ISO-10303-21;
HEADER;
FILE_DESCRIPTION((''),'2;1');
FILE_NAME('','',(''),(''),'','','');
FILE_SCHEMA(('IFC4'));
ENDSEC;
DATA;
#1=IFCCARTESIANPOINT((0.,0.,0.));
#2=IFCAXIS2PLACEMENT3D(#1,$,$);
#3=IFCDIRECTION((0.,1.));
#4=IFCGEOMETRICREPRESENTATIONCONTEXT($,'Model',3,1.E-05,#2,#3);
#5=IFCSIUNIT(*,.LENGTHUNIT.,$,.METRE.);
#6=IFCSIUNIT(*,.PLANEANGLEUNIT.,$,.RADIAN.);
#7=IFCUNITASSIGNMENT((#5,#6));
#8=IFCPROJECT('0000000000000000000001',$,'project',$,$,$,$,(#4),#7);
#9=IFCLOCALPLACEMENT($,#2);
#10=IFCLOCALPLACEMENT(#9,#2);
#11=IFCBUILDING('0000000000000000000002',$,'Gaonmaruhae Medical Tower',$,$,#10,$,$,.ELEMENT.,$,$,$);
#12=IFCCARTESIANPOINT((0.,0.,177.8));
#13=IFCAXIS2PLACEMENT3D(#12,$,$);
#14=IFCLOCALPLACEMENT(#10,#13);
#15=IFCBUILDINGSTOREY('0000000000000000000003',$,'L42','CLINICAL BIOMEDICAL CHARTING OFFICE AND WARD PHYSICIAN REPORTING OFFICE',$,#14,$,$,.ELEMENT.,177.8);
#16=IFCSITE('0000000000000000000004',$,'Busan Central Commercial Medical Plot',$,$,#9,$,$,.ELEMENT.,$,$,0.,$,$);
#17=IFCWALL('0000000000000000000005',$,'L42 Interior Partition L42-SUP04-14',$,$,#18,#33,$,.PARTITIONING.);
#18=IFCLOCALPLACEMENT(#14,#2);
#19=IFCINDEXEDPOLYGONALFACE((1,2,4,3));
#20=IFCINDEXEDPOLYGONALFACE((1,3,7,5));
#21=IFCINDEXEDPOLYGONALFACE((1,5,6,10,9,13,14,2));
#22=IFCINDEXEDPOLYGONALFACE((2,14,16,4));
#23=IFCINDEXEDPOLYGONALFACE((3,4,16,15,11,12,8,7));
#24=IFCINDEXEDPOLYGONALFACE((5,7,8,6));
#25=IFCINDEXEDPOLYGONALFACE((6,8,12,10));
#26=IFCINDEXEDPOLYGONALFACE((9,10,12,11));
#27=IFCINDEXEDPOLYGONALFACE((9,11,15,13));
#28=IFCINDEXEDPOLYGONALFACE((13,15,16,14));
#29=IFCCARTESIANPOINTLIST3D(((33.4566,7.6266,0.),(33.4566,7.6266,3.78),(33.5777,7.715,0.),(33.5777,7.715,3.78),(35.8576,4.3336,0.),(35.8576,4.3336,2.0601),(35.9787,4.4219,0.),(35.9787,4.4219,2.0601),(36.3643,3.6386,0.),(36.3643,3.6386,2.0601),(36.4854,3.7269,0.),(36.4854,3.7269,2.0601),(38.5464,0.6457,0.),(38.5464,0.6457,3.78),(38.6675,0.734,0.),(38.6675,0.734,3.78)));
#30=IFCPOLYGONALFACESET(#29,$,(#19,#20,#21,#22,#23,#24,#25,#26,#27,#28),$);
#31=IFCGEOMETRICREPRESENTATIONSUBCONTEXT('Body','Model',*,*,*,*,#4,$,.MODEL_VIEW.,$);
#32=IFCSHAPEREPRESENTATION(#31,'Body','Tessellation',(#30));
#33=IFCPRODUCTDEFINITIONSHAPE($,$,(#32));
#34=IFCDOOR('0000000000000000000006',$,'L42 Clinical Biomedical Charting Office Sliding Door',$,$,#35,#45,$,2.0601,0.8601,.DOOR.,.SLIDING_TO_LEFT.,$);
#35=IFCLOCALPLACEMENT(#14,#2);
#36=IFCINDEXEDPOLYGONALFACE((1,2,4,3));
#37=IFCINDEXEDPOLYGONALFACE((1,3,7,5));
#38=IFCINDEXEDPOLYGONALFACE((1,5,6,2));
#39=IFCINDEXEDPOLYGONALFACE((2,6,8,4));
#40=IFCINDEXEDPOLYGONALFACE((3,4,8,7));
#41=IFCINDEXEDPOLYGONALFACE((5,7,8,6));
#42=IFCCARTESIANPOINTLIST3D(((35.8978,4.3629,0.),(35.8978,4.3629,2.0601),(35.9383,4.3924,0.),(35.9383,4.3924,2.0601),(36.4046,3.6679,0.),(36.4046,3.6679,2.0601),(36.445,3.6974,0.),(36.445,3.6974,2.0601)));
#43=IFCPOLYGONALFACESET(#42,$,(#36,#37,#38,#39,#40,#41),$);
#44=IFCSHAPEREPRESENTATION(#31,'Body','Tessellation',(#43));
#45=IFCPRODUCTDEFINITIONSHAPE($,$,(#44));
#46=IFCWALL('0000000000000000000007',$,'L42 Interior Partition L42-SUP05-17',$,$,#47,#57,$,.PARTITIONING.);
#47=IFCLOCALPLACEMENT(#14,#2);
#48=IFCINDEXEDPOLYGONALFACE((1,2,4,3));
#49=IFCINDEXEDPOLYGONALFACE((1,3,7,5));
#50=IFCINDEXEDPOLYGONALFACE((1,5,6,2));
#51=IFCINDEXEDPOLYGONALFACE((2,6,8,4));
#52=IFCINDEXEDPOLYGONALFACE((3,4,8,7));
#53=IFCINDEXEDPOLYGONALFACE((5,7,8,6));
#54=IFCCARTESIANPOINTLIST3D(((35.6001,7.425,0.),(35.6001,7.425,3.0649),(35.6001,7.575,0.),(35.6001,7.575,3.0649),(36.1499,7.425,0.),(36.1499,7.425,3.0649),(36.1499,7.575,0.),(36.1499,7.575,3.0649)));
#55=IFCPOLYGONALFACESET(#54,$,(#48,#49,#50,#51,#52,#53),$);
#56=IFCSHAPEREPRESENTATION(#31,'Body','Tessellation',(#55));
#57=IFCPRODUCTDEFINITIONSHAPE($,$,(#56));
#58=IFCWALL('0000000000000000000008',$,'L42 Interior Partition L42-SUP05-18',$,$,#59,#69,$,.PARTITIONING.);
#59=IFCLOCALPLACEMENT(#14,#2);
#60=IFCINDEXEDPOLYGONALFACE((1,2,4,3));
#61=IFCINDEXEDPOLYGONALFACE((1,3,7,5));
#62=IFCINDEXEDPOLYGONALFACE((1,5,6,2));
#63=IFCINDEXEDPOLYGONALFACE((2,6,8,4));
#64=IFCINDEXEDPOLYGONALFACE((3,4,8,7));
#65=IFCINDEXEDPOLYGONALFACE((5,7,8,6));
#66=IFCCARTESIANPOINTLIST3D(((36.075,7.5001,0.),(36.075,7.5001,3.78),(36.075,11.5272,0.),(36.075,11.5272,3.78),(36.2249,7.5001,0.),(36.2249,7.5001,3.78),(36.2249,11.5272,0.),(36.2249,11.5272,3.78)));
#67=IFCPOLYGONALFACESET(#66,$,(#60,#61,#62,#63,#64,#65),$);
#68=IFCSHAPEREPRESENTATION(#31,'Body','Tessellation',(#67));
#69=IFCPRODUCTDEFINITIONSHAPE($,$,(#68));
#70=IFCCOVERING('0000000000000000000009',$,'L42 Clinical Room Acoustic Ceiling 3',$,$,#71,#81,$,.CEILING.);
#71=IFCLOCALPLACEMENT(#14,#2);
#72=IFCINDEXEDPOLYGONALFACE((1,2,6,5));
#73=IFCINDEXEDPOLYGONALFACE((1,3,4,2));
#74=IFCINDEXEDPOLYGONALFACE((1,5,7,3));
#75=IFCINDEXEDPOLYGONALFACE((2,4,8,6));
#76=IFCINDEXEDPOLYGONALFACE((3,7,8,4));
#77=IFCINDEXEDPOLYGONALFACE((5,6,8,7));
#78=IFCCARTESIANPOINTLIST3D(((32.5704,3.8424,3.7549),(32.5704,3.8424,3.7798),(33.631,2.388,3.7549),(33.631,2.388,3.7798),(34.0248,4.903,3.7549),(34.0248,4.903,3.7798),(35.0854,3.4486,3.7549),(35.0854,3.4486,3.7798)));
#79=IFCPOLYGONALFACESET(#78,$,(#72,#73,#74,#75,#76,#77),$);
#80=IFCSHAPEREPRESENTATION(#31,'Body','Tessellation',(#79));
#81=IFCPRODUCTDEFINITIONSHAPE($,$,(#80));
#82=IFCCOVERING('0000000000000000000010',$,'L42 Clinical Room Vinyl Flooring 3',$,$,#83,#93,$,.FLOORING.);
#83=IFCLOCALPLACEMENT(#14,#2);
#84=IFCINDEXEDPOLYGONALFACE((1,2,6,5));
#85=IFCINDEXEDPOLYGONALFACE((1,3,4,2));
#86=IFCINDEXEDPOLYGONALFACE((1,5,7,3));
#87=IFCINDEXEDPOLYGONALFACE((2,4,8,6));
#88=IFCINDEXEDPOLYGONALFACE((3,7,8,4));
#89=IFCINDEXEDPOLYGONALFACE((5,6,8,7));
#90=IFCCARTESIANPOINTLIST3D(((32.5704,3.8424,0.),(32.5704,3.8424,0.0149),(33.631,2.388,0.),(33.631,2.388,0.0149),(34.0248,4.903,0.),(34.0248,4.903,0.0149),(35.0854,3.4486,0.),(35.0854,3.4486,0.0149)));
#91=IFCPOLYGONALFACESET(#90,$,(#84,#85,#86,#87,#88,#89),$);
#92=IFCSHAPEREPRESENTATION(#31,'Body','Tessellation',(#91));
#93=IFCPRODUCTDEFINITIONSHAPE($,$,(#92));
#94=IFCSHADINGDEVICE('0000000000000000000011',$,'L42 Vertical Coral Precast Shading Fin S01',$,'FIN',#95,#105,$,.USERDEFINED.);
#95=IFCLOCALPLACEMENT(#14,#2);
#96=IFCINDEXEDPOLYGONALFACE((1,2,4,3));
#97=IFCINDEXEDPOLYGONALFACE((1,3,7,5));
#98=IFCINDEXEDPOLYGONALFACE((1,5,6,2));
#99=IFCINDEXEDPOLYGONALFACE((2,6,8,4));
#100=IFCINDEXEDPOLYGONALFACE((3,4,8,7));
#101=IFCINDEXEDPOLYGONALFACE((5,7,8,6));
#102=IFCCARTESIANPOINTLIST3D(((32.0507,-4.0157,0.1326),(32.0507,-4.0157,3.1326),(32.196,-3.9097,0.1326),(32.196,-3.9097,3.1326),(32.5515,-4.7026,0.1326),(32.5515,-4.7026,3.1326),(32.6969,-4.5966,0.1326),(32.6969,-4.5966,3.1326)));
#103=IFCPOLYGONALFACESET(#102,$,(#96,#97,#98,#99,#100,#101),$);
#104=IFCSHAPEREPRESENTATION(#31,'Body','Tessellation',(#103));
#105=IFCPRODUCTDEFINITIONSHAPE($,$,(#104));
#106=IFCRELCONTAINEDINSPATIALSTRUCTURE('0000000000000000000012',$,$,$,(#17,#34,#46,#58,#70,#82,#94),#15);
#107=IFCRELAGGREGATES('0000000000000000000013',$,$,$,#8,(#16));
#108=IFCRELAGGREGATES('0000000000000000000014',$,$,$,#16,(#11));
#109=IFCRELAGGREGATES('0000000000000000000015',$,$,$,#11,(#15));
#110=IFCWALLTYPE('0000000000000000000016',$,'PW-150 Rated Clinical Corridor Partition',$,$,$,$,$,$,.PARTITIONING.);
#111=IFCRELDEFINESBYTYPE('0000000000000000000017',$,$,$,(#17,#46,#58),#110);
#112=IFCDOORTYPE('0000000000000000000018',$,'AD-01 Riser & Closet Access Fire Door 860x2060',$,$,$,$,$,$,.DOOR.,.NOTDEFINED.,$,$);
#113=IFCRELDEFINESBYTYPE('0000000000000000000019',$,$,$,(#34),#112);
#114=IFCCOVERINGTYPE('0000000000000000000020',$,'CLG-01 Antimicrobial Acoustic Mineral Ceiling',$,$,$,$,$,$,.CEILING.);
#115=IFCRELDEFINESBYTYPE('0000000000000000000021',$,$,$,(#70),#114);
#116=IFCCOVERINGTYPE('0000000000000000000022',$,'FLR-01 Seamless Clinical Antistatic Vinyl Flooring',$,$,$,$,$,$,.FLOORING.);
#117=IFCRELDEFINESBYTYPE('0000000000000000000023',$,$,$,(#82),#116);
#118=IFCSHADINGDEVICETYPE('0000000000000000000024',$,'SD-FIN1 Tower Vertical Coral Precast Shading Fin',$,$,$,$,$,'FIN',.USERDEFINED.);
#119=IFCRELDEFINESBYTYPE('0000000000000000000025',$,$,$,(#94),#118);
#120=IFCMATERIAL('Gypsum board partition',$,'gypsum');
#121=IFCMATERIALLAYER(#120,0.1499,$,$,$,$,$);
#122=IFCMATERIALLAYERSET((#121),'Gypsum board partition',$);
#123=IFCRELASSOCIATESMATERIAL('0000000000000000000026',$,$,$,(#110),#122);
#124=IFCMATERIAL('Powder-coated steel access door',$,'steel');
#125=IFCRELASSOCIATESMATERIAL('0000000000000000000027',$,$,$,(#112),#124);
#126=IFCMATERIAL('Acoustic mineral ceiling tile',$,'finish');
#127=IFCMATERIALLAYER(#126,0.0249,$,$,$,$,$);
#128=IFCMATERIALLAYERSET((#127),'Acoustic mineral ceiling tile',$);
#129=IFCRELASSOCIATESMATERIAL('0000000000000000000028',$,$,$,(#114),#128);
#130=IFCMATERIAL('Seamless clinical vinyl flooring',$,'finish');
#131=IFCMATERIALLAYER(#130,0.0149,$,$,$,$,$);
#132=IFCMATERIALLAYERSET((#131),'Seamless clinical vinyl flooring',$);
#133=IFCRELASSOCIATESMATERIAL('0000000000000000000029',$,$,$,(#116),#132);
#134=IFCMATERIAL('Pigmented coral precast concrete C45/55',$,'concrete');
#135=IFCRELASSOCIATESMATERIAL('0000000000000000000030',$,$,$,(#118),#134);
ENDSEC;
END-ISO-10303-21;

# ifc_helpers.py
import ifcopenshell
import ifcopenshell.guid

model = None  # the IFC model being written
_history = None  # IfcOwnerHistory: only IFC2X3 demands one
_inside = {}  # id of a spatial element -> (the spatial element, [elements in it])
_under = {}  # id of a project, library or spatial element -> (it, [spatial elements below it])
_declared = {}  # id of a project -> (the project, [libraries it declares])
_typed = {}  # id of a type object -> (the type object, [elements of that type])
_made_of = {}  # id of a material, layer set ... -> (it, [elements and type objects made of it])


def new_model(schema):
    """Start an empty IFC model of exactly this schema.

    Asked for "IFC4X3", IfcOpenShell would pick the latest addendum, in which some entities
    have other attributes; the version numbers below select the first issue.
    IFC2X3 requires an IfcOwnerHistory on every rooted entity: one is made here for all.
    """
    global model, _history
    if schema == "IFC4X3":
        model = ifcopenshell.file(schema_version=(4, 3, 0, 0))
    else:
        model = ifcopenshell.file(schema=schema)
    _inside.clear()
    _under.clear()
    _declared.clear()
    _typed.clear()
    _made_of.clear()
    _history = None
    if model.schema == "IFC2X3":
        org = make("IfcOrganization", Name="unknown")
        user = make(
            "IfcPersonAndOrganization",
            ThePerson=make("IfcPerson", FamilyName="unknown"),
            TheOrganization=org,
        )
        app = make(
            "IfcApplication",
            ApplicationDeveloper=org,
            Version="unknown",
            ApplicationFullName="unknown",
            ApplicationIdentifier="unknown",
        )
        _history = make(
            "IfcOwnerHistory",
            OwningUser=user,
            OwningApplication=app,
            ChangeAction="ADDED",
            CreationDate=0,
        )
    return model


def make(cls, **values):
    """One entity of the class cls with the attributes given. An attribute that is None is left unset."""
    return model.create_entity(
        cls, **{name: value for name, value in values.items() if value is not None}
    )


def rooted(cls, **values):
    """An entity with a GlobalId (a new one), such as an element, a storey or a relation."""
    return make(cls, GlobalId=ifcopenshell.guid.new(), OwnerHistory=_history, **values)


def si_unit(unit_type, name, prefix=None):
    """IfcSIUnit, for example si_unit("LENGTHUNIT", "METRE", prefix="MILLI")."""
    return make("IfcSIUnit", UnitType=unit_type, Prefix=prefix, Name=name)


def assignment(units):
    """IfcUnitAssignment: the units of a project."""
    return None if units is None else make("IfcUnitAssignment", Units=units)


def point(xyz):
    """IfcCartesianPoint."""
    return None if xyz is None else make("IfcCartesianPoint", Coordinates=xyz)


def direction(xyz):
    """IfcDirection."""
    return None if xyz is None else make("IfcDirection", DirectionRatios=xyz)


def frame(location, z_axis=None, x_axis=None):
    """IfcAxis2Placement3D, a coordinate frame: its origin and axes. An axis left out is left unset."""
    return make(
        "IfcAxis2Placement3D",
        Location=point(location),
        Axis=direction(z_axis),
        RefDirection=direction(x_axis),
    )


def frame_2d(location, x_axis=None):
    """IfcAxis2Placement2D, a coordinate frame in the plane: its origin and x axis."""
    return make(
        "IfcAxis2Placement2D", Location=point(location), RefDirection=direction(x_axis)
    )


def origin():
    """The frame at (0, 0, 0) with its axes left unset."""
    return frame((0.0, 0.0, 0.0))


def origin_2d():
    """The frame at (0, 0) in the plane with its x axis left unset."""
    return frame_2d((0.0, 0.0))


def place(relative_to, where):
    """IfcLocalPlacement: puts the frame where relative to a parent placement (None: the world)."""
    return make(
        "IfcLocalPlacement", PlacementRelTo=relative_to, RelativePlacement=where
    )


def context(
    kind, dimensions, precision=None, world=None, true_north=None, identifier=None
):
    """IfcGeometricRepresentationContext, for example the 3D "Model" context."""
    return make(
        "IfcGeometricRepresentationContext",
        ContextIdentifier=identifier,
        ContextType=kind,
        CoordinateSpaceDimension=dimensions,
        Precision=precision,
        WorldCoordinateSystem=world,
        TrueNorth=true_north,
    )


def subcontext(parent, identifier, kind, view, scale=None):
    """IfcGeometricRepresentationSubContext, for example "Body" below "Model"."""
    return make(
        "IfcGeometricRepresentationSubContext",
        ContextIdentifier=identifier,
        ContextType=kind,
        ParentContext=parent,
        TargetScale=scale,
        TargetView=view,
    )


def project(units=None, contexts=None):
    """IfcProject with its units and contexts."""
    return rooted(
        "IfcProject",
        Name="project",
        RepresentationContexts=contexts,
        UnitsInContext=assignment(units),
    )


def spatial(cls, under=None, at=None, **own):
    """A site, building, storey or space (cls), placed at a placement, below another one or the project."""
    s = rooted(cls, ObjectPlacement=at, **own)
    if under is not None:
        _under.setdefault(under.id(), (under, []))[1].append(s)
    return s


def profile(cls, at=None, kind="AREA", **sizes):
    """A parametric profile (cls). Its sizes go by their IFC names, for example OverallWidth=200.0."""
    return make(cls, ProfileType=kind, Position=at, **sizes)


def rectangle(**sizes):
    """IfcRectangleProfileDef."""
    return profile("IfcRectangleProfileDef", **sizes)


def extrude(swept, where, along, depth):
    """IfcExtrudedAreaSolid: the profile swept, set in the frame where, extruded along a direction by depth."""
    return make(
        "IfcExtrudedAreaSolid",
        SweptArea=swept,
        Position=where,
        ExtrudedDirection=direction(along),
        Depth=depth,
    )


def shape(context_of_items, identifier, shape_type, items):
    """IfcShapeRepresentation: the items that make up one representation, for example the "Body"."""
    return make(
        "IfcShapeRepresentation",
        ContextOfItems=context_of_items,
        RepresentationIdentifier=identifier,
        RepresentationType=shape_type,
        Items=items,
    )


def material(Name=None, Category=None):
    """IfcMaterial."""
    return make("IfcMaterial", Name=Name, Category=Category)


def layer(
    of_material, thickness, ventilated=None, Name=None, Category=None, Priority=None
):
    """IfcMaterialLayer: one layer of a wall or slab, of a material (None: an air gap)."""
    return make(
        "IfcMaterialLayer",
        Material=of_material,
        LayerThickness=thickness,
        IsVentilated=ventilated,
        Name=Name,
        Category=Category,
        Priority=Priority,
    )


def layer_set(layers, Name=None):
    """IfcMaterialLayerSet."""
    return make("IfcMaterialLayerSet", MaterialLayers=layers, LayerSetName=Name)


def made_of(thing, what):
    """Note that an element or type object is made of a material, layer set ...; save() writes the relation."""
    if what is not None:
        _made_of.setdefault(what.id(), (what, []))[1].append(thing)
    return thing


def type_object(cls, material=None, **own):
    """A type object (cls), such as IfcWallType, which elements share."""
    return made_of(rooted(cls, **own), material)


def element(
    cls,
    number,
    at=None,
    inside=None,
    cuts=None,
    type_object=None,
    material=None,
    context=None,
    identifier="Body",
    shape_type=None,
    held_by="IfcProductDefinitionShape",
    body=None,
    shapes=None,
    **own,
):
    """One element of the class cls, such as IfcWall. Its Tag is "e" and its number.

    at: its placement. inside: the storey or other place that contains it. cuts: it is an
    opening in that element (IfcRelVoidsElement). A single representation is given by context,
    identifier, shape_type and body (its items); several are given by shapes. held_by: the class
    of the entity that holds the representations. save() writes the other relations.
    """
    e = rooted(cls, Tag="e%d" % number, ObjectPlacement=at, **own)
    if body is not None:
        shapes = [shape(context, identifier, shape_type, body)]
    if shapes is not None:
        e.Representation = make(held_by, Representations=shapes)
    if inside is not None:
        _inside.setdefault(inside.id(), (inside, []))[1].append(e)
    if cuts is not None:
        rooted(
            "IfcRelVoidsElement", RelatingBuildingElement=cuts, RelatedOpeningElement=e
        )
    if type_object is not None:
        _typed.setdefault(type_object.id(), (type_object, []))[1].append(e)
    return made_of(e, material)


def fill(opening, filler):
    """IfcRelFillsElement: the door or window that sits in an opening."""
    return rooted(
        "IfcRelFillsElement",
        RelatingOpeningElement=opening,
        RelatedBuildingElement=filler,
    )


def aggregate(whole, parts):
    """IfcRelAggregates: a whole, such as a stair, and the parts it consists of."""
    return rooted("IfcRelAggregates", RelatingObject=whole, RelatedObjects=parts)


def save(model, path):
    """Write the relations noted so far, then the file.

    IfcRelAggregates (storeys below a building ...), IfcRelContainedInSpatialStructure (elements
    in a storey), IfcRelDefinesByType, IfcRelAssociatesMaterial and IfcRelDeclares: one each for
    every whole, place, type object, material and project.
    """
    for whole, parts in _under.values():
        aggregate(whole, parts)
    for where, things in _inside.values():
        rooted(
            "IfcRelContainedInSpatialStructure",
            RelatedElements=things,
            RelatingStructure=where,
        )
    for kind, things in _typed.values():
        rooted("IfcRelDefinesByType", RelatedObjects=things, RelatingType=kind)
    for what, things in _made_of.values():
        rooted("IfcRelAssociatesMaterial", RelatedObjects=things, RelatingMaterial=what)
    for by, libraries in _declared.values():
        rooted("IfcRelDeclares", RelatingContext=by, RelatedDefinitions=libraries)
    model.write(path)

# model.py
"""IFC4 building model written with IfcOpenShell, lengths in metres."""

from ifc_helpers import new_model, si_unit, direction, frame, frame_2d, origin, origin_2d, place, context, subcontext, project, spatial, rectangle, extrude, material, layer, layer_set, type_object, element, fill, save


model = new_model("IFC4")

# Units and contexts
model_context = context("Model", 3, precision=1e-05, world=origin(), true_north=direction((0.0, 1.0)))
body_context = subcontext(model_context, "Body", "Model", "MODEL_VIEW")
ifc_project = project(units=[si_unit("LENGTHUNIT", "METRE"), si_unit("PLANEANGLEUNIT", "RADIAN")], contexts=[model_context])

# Site, building, storey
site_placement = place(None, origin())
site = spatial("IfcSite", under=ifc_project, at=site_placement, Name="Busan Central Commercial Medical Plot", CompositionType="ELEMENT", RefElevation=0.0)
building_placement = place(site_placement, origin())
building = spatial("IfcBuilding", under=site, at=building_placement, Name="Gaonmaruhae Medical Tower", CompositionType="ELEMENT")
storey_placement = place(building_placement, frame((0.0, 0.0, 177.8)))
storey = spatial("IfcBuildingStorey", under=building, at=storey_placement, Name="L42", Description="CLINICAL BIOMEDICAL CHARTING OFFICE AND WARD PHYSICIAN REPORTING OFFICE", CompositionType="ELEMENT", Elevation=177.8)

# Shared definitions
ifc_material_1 = material(Name="Gypsum board partition", Category="gypsum")
ifc_layer_1 = layer(ifc_material_1, 0.1499)
ifc_layer_set_1 = layer_set([ifc_layer_1], Name="Gypsum board partition")
wall_type_1 = type_object("IfcWallType", Name="PW-150 Rated Clinical Corridor Partition", PredefinedType="PARTITIONING", material=ifc_layer_set_1)

# Wall, opening, door
wall_1_placement = place(storey_placement, frame((33.5171, 7.6709, 0.0), z_axis=(0.0, 0.0, 1.0), x_axis=(0.589139, -0.808032, 0.0)))
wall_1 = element("IfcWall", 1, at=wall_1_placement, inside=storey, type_object=wall_type_1, Name="L42 Interior Partition L42-SUP04-14", PredefinedType="PARTITIONING", context=body_context, shape_type="SweptSolid", body=[
    extrude(rectangle(XDim=8.6394, YDim=0.1499, at=frame_2d((4.3198, 0.0))), origin(), (0.0, 0.0, 1.0), 3.78),
])
opening_1_placement = place(wall_1_placement, frame((4.0754, 0.0, 0.0)))
opening_1 = element("IfcOpeningElement", 2, at=opening_1_placement, cuts=wall_1, PredefinedType="OPENING", context=body_context, shape_type="SweptSolid", body=[
    extrude(rectangle(XDim=0.8601, YDim=2.0601, at=frame_2d((0.4302, 1.03))), frame((0.0, 0.085, 0.0), z_axis=(0.0, -1.0, 0.0), x_axis=(1.0, 0.0, 0.0)), (0.0, 0.0, 1.0), 0.1699),
])
ifc_material_2 = material(Name="Powder-coated steel access door", Category="steel")
door_type = type_object("IfcDoorType", Name="AD-01 Riser & Closet Access Fire Door 860x2060", OperationType="NOTDEFINED", PredefinedType="DOOR", material=ifc_material_2)
door_placement = place(opening_1_placement, origin())
door = element("IfcDoor", 3, at=door_placement, inside=storey, type_object=door_type, Name="L42 Clinical Biomedical Charting Office Sliding Door", OperationType="SLIDING_TO_LEFT", OverallHeight=2.0601, OverallWidth=0.8601, PredefinedType="DOOR", context=body_context, shape_type="SweptSolid", body=[
    extrude(rectangle(XDim=0.8601, YDim=2.0601, at=frame_2d((0.4302, 1.03))), frame((0.0, 0.0249, 0.0), z_axis=(0.0, -1.0, 0.0), x_axis=(1.0, 0.0, 0.0)), (0.0, 0.0, 1.0), 0.05),
])
fill(opening_1, door)

# Walls
wall_2_placement = place(storey_placement, frame((35.6001, 7.5, 0.0), z_axis=(0.0, 0.0, 1.0), x_axis=(1.0, 0.0, 0.0)))
element("IfcWall", 4, at=wall_2_placement, inside=storey, type_object=wall_type_1, Name="L42 Interior Partition L42-SUP05-17", PredefinedType="PARTITIONING", context=body_context, shape_type="SweptSolid", body=[
    extrude(rectangle(XDim=0.5498, YDim=0.1499, at=frame_2d((0.2749, 0.0))), origin(), (0.0, 0.0, 1.0), 3.0649),
])
wall_3_placement = place(storey_placement, frame((36.1499, 7.5, 0.0), z_axis=(0.0, 0.0, 1.0), x_axis=(0.0, 1.0, 0.0)))
element("IfcWall", 5, at=wall_3_placement, inside=storey, type_object=wall_type_1, Name="L42 Interior Partition L42-SUP05-18", PredefinedType="PARTITIONING", context=body_context, shape_type="SweptSolid", body=[
    extrude(rectangle(XDim=4.0271, YDim=0.1499, at=frame_2d((2.0137, 0.0))), origin(), (0.0, 0.0, 1.0), 3.78),
])

# Coverings
ifc_material_3 = material(Name="Acoustic mineral ceiling tile", Category="finish")
ifc_layer_2 = layer(ifc_material_3, 0.0249)
ifc_layer_set_2 = layer_set([ifc_layer_2], Name="Acoustic mineral ceiling tile")
covering_type_1 = type_object("IfcCoveringType", Name="CLG-01 Antimicrobial Acoustic Mineral Ceiling", PredefinedType="CEILING", material=ifc_layer_set_2)
covering_1_placement = place(storey_placement, frame((33.8279, 3.6455, 3.7549), z_axis=(0.0, 0.0, 1.0), x_axis=(0.80799, 0.589196, 0.0)))
element("IfcCovering", 6, at=covering_1_placement, inside=storey, type_object=covering_type_1, Name="L42 Clinical Room Acoustic Ceiling 3", PredefinedType="CEILING", context=body_context, shape_type="SweptSolid", body=[
    extrude(rectangle(XDim=1.8, YDim=1.8, at=origin_2d()), origin(), (0.0, 0.0, 1.0), 0.0249),
])
ifc_material_4 = material(Name="Seamless clinical vinyl flooring", Category="finish")
ifc_layer_3 = layer(ifc_material_4, 0.0149)
ifc_layer_set_3 = layer_set([ifc_layer_3], Name="Seamless clinical vinyl flooring")
covering_type_2 = type_object("IfcCoveringType", Name="FLR-01 Seamless Clinical Antistatic Vinyl Flooring", PredefinedType="FLOORING", material=ifc_layer_set_3)
covering_2_placement = place(storey_placement, frame((33.8279, 3.6455, 0.0), z_axis=(0.0, 0.0, 1.0), x_axis=(0.80799, 0.589196, 0.0)))
element("IfcCovering", 7, at=covering_2_placement, inside=storey, type_object=covering_type_2, Name="L42 Clinical Room Vinyl Flooring 3", PredefinedType="FLOORING", context=body_context, shape_type="SweptSolid", body=[
    extrude(rectangle(XDim=1.8, YDim=1.8, at=origin_2d()), origin(), (0.0, 0.0, 1.0), 0.0149),
])

# Shading device
ifc_material_5 = material(Name="Pigmented coral precast concrete C45/55", Category="concrete")
shading_device_type = type_object("IfcShadingDeviceType", Name="SD-FIN1 Tower Vertical Coral Precast Shading Fin", ElementType="FIN", PredefinedType="USERDEFINED", material=ifc_material_5)
shading_device_placement = place(storey_placement, frame((32.3738, -4.3062, 0.1326), z_axis=(0.0, 0.0, 1.0), x_axis=(-0.80799, -0.589196, 0.0)))
element("IfcShadingDevice", 8, at=shading_device_placement, inside=storey, type_object=shading_device_type, Name="L42 Vertical Coral Precast Shading Fin S01", ObjectType="FIN", PredefinedType="USERDEFINED", context=body_context, shape_type="SweptSolid", body=[
    extrude(rectangle(XDim=0.1799, YDim=0.8501, at=origin_2d()), origin(), (0.0, 0.0, 1.0), 3.0),
])

save(model, "model.ifc")
